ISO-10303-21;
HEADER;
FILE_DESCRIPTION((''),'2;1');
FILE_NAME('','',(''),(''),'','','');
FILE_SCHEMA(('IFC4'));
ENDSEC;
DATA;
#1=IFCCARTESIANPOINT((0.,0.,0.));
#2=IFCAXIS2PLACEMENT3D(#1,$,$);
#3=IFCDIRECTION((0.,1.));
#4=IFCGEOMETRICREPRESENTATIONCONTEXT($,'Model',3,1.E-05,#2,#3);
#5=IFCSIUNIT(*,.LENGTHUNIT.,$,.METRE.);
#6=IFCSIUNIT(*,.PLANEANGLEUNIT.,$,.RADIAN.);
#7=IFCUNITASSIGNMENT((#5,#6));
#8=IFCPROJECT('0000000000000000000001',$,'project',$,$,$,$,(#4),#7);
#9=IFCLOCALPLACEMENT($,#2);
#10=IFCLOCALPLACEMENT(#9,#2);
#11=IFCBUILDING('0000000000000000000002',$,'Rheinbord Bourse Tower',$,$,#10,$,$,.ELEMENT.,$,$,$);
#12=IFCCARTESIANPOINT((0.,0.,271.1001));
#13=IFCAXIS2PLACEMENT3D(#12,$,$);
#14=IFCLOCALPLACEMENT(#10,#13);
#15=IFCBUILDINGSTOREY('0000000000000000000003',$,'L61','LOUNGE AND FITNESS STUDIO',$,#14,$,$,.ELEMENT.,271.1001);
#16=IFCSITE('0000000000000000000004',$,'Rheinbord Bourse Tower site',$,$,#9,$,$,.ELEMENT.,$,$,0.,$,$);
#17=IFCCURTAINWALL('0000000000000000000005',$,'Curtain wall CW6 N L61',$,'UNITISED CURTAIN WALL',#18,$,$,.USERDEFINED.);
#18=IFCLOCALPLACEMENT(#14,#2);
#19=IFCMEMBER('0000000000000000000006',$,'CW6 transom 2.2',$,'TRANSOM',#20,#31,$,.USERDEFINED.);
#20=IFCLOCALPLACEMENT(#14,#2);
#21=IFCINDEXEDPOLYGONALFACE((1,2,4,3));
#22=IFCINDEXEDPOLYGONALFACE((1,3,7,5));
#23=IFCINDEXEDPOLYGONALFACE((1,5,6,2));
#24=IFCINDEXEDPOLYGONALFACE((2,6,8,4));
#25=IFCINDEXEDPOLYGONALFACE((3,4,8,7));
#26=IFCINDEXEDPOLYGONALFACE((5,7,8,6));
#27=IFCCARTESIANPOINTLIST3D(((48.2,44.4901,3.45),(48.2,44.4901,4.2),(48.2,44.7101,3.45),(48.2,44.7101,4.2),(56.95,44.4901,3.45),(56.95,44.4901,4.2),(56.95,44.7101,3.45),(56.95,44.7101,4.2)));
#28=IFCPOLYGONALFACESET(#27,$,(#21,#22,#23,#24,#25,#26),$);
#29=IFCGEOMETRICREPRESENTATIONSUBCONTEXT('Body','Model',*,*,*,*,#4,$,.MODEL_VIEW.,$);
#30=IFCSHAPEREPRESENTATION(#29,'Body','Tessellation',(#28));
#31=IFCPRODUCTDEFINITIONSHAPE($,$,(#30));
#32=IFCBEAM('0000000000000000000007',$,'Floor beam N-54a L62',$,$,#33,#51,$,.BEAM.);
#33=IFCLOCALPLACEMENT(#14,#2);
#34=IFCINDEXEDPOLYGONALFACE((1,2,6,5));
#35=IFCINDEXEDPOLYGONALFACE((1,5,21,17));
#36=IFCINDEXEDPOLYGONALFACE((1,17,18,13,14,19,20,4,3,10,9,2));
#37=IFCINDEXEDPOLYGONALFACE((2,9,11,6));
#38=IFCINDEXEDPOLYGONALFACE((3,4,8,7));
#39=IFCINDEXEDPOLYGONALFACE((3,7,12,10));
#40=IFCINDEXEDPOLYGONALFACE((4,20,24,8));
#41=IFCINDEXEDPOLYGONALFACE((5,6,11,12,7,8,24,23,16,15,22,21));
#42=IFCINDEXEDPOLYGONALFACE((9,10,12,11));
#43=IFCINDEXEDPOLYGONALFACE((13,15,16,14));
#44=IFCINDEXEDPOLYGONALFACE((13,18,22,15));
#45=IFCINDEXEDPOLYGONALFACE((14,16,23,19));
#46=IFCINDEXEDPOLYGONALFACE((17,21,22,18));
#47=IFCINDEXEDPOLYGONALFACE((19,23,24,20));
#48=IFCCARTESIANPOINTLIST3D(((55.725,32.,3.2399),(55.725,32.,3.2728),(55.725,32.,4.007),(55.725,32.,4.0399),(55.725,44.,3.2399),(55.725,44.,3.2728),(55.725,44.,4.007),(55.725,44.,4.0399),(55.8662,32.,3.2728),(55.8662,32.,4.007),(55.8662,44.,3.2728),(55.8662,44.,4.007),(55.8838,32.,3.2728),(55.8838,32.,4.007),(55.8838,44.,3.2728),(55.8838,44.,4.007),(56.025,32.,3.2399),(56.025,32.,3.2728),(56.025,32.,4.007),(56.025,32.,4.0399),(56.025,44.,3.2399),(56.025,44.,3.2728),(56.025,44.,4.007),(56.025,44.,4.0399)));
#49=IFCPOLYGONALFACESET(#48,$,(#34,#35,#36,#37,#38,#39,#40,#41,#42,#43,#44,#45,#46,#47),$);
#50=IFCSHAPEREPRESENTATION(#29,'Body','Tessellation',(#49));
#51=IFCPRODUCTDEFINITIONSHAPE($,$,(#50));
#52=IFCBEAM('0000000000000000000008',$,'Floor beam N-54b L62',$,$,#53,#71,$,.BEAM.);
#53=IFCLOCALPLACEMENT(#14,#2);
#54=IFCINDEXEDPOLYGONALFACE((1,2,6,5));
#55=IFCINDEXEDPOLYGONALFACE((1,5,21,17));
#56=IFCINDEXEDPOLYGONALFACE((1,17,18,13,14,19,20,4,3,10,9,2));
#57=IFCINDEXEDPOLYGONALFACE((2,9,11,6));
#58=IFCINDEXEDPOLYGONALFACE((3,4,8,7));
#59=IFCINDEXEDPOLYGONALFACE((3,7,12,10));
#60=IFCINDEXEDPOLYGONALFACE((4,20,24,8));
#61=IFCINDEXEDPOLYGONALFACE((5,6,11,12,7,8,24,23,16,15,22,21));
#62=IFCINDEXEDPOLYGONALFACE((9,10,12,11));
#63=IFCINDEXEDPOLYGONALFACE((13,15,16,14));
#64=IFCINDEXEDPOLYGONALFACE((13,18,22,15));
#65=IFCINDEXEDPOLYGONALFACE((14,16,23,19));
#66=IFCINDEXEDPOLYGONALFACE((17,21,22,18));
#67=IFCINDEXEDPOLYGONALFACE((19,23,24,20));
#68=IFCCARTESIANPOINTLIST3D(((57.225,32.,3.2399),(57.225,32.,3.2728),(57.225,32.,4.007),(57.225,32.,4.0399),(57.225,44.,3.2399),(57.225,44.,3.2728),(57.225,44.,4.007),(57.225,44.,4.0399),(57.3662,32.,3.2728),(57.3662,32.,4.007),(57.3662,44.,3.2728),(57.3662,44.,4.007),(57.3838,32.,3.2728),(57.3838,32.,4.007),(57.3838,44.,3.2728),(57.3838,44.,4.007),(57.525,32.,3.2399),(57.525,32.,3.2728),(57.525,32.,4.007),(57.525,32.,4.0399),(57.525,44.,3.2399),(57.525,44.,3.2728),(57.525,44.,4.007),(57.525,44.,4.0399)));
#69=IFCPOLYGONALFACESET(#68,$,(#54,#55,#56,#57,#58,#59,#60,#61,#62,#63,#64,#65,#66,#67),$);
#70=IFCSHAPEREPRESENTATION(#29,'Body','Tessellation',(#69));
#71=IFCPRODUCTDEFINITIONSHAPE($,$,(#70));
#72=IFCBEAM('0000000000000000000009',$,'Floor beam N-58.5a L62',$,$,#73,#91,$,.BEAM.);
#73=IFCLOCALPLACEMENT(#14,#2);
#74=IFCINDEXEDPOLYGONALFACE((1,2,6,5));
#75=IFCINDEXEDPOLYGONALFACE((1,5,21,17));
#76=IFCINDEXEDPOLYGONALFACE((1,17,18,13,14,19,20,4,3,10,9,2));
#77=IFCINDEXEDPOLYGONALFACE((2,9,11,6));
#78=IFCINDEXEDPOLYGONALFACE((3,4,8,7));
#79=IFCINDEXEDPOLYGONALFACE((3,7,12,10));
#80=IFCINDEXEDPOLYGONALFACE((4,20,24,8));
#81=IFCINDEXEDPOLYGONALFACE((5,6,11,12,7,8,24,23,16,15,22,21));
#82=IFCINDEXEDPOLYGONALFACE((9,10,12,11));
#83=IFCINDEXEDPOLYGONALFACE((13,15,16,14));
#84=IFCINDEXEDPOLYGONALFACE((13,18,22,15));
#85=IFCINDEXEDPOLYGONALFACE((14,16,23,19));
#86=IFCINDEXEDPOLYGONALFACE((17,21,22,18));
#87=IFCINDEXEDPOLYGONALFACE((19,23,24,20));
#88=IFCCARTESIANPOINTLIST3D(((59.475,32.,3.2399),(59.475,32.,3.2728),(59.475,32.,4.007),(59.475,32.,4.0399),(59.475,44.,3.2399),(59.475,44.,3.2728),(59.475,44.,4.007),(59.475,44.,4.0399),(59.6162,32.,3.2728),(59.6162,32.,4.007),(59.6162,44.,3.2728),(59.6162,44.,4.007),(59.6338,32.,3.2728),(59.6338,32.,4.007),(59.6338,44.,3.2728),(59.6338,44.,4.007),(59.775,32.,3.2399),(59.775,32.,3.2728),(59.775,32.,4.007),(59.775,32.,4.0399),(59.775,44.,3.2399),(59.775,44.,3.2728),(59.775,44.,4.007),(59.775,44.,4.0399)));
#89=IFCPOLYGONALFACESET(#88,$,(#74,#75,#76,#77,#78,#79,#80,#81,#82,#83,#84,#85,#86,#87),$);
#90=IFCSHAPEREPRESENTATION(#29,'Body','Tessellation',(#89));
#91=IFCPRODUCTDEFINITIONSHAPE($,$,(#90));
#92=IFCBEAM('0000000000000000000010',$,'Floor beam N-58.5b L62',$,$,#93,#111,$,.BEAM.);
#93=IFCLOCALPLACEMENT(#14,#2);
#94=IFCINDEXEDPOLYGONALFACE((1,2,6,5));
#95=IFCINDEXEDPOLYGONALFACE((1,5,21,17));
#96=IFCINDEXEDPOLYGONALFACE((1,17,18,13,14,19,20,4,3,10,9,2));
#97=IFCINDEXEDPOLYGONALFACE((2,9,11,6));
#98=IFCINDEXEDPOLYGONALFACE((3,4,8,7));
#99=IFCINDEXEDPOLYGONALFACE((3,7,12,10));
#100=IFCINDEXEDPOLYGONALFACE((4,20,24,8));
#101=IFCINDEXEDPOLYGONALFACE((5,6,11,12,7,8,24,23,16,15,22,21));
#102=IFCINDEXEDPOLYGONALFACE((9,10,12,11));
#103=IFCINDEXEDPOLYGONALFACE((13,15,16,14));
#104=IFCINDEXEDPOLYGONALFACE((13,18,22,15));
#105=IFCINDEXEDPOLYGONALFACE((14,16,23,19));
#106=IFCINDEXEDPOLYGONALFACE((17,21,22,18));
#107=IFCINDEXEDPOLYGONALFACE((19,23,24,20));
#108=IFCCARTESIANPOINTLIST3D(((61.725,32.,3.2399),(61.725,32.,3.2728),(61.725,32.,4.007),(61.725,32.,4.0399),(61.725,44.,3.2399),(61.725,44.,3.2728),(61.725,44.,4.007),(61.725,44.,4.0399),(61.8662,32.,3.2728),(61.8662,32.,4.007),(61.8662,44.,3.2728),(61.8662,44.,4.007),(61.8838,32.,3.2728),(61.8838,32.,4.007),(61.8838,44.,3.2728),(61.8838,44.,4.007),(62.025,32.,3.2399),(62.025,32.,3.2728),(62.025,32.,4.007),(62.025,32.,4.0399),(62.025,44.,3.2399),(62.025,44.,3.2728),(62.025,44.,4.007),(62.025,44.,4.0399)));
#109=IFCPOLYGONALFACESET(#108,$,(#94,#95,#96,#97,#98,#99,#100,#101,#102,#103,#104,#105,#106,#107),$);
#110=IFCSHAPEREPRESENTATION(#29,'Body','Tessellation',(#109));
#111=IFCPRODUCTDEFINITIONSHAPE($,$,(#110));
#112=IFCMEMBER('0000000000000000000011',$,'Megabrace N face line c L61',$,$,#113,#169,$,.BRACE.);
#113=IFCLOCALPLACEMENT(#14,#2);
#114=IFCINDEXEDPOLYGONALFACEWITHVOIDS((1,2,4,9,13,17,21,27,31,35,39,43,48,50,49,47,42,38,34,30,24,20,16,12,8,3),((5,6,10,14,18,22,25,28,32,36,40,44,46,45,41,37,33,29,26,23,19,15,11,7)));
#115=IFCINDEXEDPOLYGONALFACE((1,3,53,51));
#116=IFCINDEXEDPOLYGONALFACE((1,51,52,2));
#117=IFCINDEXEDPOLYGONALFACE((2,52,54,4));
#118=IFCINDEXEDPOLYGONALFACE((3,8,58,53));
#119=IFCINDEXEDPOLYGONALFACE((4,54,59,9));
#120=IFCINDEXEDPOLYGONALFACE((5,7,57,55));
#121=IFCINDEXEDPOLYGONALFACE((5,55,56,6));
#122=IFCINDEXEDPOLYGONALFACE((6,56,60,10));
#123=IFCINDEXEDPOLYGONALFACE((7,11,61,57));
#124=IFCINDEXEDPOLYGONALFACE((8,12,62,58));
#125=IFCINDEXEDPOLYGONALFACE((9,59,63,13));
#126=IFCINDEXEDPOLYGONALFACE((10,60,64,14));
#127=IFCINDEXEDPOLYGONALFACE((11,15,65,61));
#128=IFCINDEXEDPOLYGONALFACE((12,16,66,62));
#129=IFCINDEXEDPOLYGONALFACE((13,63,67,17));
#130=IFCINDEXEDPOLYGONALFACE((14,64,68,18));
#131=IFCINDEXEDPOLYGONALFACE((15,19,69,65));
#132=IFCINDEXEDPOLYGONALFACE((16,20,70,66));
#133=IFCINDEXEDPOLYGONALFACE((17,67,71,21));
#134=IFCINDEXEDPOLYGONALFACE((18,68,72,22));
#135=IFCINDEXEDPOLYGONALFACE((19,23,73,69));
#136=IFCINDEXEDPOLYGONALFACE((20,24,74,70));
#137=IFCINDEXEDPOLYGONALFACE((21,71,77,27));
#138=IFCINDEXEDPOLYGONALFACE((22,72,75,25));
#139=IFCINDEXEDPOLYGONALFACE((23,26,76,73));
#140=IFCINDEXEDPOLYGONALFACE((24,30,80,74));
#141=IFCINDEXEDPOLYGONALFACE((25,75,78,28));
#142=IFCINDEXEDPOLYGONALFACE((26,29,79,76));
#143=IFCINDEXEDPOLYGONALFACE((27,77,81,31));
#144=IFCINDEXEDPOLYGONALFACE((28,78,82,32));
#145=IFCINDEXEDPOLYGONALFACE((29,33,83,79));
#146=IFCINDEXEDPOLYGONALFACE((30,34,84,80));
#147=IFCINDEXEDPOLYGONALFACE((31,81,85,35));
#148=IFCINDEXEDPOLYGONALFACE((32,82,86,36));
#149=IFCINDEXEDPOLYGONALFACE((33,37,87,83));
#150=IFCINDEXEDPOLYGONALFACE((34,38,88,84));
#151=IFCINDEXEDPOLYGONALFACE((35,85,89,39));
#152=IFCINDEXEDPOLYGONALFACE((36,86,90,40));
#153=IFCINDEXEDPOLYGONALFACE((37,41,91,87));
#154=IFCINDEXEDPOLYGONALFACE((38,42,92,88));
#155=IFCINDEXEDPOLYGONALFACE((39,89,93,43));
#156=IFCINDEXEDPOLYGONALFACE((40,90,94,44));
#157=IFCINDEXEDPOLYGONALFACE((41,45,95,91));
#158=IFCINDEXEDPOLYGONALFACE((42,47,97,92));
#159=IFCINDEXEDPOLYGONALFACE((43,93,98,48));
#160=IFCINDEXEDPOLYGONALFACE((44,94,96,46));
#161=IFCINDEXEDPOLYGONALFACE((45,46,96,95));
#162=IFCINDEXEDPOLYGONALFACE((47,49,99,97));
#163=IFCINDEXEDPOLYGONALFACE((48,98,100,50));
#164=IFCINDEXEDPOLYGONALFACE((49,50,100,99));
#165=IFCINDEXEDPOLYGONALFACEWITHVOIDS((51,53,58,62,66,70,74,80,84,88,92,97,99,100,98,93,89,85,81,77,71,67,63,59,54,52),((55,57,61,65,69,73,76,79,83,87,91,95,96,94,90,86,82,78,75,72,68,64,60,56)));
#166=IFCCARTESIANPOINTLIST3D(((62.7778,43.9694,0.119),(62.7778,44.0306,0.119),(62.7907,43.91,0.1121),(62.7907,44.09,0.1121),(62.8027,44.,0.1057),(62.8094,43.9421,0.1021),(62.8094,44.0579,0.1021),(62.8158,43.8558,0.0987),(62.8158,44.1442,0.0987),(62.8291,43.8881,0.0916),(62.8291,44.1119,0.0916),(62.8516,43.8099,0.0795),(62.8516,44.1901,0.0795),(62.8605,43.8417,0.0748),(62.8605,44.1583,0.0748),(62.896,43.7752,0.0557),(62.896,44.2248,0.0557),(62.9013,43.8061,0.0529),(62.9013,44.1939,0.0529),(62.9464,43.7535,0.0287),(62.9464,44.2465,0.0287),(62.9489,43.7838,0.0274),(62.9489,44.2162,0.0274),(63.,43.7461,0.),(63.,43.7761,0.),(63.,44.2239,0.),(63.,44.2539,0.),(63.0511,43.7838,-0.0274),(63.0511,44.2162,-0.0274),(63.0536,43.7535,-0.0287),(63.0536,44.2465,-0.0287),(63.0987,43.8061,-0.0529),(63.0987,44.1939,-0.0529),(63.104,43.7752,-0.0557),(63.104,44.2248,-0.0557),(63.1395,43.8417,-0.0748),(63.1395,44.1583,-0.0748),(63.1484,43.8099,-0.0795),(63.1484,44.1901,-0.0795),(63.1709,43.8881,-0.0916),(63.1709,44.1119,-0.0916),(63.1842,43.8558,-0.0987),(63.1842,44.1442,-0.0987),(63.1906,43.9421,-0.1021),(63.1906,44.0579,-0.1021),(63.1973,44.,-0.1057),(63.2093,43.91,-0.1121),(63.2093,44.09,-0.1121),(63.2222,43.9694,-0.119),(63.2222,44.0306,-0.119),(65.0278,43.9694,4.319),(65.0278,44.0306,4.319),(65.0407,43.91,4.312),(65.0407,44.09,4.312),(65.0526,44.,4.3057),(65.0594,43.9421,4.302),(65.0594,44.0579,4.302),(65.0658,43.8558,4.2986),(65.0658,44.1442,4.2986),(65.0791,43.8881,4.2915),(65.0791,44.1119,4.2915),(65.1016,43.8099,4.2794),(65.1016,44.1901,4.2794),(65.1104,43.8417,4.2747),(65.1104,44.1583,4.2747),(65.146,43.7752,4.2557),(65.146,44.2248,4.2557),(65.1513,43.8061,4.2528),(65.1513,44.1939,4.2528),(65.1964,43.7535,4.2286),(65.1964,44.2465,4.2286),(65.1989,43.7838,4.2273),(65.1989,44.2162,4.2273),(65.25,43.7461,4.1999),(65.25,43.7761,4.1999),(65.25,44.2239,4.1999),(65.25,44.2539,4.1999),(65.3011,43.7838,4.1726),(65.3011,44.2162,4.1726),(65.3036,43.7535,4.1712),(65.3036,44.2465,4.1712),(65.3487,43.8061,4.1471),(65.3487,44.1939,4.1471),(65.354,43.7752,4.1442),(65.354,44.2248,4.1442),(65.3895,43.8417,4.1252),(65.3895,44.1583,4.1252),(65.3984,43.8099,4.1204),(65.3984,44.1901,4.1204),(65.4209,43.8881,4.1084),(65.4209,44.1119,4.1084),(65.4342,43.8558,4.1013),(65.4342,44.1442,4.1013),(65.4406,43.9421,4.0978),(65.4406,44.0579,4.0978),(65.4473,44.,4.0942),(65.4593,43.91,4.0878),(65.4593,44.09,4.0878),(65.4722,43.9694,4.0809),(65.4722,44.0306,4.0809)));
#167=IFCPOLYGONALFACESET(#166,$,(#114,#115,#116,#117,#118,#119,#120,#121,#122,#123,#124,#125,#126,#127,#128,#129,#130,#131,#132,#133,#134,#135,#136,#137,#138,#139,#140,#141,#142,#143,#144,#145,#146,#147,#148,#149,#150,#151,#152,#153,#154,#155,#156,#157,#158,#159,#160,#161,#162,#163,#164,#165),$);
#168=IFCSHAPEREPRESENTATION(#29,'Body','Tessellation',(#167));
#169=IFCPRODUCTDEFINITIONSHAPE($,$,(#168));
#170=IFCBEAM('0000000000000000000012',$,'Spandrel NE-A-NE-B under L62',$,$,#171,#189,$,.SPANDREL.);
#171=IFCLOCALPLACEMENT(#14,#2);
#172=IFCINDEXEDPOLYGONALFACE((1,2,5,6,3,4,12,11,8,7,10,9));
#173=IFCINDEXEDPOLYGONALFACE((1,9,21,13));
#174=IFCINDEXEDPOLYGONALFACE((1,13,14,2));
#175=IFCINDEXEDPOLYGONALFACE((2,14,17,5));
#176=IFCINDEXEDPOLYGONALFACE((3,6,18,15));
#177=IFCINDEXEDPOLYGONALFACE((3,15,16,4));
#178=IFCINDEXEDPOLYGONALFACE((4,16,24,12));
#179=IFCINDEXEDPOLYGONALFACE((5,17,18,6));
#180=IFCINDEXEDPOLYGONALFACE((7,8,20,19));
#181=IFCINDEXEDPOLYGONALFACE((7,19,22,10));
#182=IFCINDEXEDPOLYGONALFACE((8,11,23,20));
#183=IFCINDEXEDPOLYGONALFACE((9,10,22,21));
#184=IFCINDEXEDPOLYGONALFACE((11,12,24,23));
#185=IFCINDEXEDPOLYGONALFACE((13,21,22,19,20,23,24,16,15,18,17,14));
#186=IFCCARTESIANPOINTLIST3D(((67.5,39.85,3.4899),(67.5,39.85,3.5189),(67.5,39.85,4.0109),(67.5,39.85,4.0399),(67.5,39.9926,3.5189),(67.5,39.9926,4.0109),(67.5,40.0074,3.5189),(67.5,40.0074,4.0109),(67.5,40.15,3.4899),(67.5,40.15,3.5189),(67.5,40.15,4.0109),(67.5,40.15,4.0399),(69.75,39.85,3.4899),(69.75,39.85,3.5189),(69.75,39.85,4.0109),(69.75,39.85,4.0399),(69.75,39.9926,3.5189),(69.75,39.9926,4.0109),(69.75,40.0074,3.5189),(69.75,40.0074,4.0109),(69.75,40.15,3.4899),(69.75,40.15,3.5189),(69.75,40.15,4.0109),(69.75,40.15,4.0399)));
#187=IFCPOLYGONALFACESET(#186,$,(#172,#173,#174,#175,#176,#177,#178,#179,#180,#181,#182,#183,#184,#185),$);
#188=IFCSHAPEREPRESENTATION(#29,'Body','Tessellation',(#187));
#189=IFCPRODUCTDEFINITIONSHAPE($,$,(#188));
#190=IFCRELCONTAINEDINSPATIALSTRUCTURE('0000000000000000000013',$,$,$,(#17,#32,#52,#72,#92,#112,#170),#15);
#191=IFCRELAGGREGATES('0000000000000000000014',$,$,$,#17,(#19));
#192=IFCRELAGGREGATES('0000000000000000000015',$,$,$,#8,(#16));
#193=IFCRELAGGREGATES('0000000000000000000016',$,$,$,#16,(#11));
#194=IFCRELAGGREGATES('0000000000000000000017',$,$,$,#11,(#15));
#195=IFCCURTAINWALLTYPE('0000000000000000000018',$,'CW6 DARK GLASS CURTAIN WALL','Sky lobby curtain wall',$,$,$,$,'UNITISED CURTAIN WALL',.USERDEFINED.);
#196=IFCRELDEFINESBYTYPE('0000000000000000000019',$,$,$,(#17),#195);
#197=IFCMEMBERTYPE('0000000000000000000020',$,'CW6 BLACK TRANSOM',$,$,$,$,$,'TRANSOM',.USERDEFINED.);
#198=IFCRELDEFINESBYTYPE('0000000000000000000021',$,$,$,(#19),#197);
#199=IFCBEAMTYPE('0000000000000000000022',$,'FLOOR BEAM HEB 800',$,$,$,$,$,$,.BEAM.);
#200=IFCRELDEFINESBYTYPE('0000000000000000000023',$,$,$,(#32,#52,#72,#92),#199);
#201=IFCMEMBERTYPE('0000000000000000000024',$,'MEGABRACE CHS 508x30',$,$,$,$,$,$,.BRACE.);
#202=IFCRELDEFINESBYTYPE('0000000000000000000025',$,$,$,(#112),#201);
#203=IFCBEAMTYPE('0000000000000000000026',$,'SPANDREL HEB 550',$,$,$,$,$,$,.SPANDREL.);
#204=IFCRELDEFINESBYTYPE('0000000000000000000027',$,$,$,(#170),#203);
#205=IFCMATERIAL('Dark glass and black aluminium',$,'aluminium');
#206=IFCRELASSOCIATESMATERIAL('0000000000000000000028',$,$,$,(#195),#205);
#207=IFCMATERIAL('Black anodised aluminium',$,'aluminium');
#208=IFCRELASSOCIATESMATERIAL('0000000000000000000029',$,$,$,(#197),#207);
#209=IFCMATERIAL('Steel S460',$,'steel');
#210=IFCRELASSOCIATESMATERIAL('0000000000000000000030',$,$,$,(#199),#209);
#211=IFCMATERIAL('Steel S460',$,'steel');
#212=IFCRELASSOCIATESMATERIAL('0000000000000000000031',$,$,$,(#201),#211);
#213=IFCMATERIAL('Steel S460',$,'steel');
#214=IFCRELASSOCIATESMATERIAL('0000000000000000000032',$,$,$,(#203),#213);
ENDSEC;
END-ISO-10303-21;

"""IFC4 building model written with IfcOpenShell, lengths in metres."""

from ifc_helpers import new_model, si_unit, direction, frame, origin, origin_2d, place, context, subcontext, project, spatial, rectangle, hollow_circle, i_section, extrude, material, material_profile, profile_set, type_object, element, aggregate, save


model = new_model("IFC4")

# Units and contexts
model_context = context("Model", 3, precision=1e-05, world=origin(), true_north=direction((0.0, 1.0)))
body_context = subcontext(model_context, "Body", "Model", "MODEL_VIEW")
ifc_project = project(units=[si_unit("LENGTHUNIT", "METRE"), si_unit("PLANEANGLEUNIT", "RADIAN")], contexts=[model_context])

# Site, building, storey
site_placement = place(None, origin())
site = spatial("IfcSite", under=ifc_project, at=site_placement, Name="Rheinbord Bourse Tower site", CompositionType="ELEMENT", RefElevation=0.0)
building_placement = place(site_placement, origin())
building = spatial("IfcBuilding", under=site, at=building_placement, Name="Rheinbord Bourse Tower", CompositionType="ELEMENT")
storey_placement = place(building_placement, frame((0.0, 0.0, 271.1001)))
storey = spatial("IfcBuildingStorey", under=building, at=storey_placement, Name="L61", Description="LOUNGE AND FITNESS STUDIO", CompositionType="ELEMENT", Elevation=271.1001)

# Curtain wall
ifc_material_1 = material(Name="Dark glass and black aluminium", Category="aluminium")
curtain_wall_type = type_object("IfcCurtainWallType", Name="CW6 DARK GLASS CURTAIN WALL", Description="Sky lobby curtain wall", ElementType="UNITISED CURTAIN WALL", PredefinedType="USERDEFINED", material=ifc_material_1)
curtain_wall_1_placement = place(storey_placement, origin())
curtain_wall_1 = element("IfcCurtainWall", 1, at=curtain_wall_1_placement, inside=storey, type_object=curtain_wall_type, Name="Curtain wall CW6 N L61", ObjectType="UNITISED CURTAIN WALL", PredefinedType="USERDEFINED")

# Member
ifc_material_2 = material(Name="Black anodised aluminium", Category="aluminium")
ifc_material_profile_1 = material_profile(ifc_material_2, rectangle(XDim=0.22, YDim=0.75, at=origin_2d()), Name="CW6 TRANSOM 750x220")
ifc_profile_set_1 = profile_set([ifc_material_profile_1], Name="Black anodised aluminium")
member_type_1 = type_object("IfcMemberType", Name="CW6 BLACK TRANSOM", ElementType="TRANSOM", PredefinedType="USERDEFINED", material=ifc_profile_set_1)
member_1_placement = place(storey_placement, frame((56.95, 44.6001, 3.825), z_axis=(-1.0, 0.0, 0.0), x_axis=(0.0, -1.0, 0.0)))
member_1 = element("IfcMember", 2, at=member_1_placement, type_object=member_type_1, Name="CW6 transom 2.2", ObjectType="TRANSOM", PredefinedType="USERDEFINED", context=body_context, shape_type="SweptSolid", body=[
    extrude(rectangle(XDim=0.22, YDim=0.75, at=origin_2d()), origin(), (0.0, 0.0, 1.0), 8.75),
])

# Beams
ifc_material_3 = material(Name="Steel S460", Category="steel")
ifc_material_profile_2 = material_profile(ifc_material_3, i_section(OverallWidth=0.3, OverallDepth=0.8, WebThickness=0.0176, FlangeThickness=0.033, at=origin_2d()), Name="HEB 800")
ifc_profile_set_2 = profile_set([ifc_material_profile_2], Name="Steel S460")
beam_type_1 = type_object("IfcBeamType", Name="FLOOR BEAM HEB 800", PredefinedType="BEAM", material=ifc_profile_set_2)
for number, where, z_axis, x_axis, name in (
    (3, (55.875, 44.0, 3.6399), (0.0, -1.0, 0.0), (1.0, 0.0, 0.0), "Floor beam N-54a L62"),
    (4, (57.375, 44.0, 3.6399), (0.0, -1.0, 0.0), (1.0, 0.0, 0.0), "Floor beam N-54b L62"),
    (5, (59.625, 44.0, 3.6399), (0.0, -1.0, 0.0), (1.0, 0.0, 0.0), "Floor beam N-58.5a L62"),
    (6, (61.875, 44.0, 3.6399), (0.0, -1.0, 0.0), (1.0, 0.0, 0.0), "Floor beam N-58.5b L62"),
):
    element("IfcBeam", number, at=place(storey_placement, frame(where, z_axis=z_axis, x_axis=x_axis)), inside=storey, type_object=beam_type_1, Name=name, PredefinedType="BEAM", context=body_context, shape_type="SweptSolid", body=[
        extrude(i_section(OverallWidth=0.3, OverallDepth=0.8, WebThickness=0.0176, FlangeThickness=0.033, at=origin_2d()), origin(), (0.0, 0.0, 1.0), 12.0),
    ])

# Member
ifc_material_4 = material(Name="Steel S460", Category="steel")
ifc_material_profile_3 = material_profile(ifc_material_4, hollow_circle(Radius=0.2539, WallThickness=0.03, at=origin_2d()), Name="CHS 508x30")
ifc_profile_set_3 = profile_set([ifc_material_profile_3], Name="Steel S460")
member_type_2 = type_object("IfcMemberType", Name="MEGABRACE CHS 508x30", PredefinedType="BRACE", material=ifc_profile_set_3)
member_2_placement = place(storey_placement, frame((63.0, 44.0, 0.0), z_axis=(0.472226, 0.0, 0.881478), x_axis=(0.0, 1.0, 0.0)))
element("IfcMember", 7, at=member_2_placement, inside=storey, type_object=member_type_2, Name="Megabrace N face line c L61", PredefinedType="BRACE", context=body_context, shape_type="SweptSolid", body=[
    extrude(hollow_circle(Radius=0.2539, WallThickness=0.03, at=origin_2d()), origin(), (0.0, 0.0, 1.0), 4.7646),
])

# Beam
ifc_material_5 = material(Name="Steel S460", Category="steel")
ifc_material_profile_4 = material_profile(ifc_material_5, i_section(OverallWidth=0.3, OverallDepth=0.55, WebThickness=0.0149, FlangeThickness=0.0291, at=origin_2d()), Name="HEB 550")
ifc_profile_set_4 = profile_set([ifc_material_profile_4], Name="Steel S460")
beam_type_2 = type_object("IfcBeamType", Name="SPANDREL HEB 550", PredefinedType="SPANDREL", material=ifc_profile_set_4)
for number, where, z_axis, x_axis, name in (
    (8, (69.75, 40.0, 3.7649), (-1.0, 0.0, 0.0), (0.0, -1.0, 0.0), "Spandrel NE-A-NE-B under L62"),
):
    element("IfcBeam", number, at=place(storey_placement, frame(where, z_axis=z_axis, x_axis=x_axis)), inside=storey, type_object=beam_type_2, Name=name, PredefinedType="SPANDREL", context=body_context, shape_type="SweptSolid", body=[
        extrude(i_section(OverallWidth=0.3, OverallDepth=0.55, WebThickness=0.0149, FlangeThickness=0.0291, at=origin_2d()), origin(), (0.0, 0.0, 1.0), 2.25),
    ])

aggregate(curtain_wall_1, [member_1])

save(model, "model.ifc")
